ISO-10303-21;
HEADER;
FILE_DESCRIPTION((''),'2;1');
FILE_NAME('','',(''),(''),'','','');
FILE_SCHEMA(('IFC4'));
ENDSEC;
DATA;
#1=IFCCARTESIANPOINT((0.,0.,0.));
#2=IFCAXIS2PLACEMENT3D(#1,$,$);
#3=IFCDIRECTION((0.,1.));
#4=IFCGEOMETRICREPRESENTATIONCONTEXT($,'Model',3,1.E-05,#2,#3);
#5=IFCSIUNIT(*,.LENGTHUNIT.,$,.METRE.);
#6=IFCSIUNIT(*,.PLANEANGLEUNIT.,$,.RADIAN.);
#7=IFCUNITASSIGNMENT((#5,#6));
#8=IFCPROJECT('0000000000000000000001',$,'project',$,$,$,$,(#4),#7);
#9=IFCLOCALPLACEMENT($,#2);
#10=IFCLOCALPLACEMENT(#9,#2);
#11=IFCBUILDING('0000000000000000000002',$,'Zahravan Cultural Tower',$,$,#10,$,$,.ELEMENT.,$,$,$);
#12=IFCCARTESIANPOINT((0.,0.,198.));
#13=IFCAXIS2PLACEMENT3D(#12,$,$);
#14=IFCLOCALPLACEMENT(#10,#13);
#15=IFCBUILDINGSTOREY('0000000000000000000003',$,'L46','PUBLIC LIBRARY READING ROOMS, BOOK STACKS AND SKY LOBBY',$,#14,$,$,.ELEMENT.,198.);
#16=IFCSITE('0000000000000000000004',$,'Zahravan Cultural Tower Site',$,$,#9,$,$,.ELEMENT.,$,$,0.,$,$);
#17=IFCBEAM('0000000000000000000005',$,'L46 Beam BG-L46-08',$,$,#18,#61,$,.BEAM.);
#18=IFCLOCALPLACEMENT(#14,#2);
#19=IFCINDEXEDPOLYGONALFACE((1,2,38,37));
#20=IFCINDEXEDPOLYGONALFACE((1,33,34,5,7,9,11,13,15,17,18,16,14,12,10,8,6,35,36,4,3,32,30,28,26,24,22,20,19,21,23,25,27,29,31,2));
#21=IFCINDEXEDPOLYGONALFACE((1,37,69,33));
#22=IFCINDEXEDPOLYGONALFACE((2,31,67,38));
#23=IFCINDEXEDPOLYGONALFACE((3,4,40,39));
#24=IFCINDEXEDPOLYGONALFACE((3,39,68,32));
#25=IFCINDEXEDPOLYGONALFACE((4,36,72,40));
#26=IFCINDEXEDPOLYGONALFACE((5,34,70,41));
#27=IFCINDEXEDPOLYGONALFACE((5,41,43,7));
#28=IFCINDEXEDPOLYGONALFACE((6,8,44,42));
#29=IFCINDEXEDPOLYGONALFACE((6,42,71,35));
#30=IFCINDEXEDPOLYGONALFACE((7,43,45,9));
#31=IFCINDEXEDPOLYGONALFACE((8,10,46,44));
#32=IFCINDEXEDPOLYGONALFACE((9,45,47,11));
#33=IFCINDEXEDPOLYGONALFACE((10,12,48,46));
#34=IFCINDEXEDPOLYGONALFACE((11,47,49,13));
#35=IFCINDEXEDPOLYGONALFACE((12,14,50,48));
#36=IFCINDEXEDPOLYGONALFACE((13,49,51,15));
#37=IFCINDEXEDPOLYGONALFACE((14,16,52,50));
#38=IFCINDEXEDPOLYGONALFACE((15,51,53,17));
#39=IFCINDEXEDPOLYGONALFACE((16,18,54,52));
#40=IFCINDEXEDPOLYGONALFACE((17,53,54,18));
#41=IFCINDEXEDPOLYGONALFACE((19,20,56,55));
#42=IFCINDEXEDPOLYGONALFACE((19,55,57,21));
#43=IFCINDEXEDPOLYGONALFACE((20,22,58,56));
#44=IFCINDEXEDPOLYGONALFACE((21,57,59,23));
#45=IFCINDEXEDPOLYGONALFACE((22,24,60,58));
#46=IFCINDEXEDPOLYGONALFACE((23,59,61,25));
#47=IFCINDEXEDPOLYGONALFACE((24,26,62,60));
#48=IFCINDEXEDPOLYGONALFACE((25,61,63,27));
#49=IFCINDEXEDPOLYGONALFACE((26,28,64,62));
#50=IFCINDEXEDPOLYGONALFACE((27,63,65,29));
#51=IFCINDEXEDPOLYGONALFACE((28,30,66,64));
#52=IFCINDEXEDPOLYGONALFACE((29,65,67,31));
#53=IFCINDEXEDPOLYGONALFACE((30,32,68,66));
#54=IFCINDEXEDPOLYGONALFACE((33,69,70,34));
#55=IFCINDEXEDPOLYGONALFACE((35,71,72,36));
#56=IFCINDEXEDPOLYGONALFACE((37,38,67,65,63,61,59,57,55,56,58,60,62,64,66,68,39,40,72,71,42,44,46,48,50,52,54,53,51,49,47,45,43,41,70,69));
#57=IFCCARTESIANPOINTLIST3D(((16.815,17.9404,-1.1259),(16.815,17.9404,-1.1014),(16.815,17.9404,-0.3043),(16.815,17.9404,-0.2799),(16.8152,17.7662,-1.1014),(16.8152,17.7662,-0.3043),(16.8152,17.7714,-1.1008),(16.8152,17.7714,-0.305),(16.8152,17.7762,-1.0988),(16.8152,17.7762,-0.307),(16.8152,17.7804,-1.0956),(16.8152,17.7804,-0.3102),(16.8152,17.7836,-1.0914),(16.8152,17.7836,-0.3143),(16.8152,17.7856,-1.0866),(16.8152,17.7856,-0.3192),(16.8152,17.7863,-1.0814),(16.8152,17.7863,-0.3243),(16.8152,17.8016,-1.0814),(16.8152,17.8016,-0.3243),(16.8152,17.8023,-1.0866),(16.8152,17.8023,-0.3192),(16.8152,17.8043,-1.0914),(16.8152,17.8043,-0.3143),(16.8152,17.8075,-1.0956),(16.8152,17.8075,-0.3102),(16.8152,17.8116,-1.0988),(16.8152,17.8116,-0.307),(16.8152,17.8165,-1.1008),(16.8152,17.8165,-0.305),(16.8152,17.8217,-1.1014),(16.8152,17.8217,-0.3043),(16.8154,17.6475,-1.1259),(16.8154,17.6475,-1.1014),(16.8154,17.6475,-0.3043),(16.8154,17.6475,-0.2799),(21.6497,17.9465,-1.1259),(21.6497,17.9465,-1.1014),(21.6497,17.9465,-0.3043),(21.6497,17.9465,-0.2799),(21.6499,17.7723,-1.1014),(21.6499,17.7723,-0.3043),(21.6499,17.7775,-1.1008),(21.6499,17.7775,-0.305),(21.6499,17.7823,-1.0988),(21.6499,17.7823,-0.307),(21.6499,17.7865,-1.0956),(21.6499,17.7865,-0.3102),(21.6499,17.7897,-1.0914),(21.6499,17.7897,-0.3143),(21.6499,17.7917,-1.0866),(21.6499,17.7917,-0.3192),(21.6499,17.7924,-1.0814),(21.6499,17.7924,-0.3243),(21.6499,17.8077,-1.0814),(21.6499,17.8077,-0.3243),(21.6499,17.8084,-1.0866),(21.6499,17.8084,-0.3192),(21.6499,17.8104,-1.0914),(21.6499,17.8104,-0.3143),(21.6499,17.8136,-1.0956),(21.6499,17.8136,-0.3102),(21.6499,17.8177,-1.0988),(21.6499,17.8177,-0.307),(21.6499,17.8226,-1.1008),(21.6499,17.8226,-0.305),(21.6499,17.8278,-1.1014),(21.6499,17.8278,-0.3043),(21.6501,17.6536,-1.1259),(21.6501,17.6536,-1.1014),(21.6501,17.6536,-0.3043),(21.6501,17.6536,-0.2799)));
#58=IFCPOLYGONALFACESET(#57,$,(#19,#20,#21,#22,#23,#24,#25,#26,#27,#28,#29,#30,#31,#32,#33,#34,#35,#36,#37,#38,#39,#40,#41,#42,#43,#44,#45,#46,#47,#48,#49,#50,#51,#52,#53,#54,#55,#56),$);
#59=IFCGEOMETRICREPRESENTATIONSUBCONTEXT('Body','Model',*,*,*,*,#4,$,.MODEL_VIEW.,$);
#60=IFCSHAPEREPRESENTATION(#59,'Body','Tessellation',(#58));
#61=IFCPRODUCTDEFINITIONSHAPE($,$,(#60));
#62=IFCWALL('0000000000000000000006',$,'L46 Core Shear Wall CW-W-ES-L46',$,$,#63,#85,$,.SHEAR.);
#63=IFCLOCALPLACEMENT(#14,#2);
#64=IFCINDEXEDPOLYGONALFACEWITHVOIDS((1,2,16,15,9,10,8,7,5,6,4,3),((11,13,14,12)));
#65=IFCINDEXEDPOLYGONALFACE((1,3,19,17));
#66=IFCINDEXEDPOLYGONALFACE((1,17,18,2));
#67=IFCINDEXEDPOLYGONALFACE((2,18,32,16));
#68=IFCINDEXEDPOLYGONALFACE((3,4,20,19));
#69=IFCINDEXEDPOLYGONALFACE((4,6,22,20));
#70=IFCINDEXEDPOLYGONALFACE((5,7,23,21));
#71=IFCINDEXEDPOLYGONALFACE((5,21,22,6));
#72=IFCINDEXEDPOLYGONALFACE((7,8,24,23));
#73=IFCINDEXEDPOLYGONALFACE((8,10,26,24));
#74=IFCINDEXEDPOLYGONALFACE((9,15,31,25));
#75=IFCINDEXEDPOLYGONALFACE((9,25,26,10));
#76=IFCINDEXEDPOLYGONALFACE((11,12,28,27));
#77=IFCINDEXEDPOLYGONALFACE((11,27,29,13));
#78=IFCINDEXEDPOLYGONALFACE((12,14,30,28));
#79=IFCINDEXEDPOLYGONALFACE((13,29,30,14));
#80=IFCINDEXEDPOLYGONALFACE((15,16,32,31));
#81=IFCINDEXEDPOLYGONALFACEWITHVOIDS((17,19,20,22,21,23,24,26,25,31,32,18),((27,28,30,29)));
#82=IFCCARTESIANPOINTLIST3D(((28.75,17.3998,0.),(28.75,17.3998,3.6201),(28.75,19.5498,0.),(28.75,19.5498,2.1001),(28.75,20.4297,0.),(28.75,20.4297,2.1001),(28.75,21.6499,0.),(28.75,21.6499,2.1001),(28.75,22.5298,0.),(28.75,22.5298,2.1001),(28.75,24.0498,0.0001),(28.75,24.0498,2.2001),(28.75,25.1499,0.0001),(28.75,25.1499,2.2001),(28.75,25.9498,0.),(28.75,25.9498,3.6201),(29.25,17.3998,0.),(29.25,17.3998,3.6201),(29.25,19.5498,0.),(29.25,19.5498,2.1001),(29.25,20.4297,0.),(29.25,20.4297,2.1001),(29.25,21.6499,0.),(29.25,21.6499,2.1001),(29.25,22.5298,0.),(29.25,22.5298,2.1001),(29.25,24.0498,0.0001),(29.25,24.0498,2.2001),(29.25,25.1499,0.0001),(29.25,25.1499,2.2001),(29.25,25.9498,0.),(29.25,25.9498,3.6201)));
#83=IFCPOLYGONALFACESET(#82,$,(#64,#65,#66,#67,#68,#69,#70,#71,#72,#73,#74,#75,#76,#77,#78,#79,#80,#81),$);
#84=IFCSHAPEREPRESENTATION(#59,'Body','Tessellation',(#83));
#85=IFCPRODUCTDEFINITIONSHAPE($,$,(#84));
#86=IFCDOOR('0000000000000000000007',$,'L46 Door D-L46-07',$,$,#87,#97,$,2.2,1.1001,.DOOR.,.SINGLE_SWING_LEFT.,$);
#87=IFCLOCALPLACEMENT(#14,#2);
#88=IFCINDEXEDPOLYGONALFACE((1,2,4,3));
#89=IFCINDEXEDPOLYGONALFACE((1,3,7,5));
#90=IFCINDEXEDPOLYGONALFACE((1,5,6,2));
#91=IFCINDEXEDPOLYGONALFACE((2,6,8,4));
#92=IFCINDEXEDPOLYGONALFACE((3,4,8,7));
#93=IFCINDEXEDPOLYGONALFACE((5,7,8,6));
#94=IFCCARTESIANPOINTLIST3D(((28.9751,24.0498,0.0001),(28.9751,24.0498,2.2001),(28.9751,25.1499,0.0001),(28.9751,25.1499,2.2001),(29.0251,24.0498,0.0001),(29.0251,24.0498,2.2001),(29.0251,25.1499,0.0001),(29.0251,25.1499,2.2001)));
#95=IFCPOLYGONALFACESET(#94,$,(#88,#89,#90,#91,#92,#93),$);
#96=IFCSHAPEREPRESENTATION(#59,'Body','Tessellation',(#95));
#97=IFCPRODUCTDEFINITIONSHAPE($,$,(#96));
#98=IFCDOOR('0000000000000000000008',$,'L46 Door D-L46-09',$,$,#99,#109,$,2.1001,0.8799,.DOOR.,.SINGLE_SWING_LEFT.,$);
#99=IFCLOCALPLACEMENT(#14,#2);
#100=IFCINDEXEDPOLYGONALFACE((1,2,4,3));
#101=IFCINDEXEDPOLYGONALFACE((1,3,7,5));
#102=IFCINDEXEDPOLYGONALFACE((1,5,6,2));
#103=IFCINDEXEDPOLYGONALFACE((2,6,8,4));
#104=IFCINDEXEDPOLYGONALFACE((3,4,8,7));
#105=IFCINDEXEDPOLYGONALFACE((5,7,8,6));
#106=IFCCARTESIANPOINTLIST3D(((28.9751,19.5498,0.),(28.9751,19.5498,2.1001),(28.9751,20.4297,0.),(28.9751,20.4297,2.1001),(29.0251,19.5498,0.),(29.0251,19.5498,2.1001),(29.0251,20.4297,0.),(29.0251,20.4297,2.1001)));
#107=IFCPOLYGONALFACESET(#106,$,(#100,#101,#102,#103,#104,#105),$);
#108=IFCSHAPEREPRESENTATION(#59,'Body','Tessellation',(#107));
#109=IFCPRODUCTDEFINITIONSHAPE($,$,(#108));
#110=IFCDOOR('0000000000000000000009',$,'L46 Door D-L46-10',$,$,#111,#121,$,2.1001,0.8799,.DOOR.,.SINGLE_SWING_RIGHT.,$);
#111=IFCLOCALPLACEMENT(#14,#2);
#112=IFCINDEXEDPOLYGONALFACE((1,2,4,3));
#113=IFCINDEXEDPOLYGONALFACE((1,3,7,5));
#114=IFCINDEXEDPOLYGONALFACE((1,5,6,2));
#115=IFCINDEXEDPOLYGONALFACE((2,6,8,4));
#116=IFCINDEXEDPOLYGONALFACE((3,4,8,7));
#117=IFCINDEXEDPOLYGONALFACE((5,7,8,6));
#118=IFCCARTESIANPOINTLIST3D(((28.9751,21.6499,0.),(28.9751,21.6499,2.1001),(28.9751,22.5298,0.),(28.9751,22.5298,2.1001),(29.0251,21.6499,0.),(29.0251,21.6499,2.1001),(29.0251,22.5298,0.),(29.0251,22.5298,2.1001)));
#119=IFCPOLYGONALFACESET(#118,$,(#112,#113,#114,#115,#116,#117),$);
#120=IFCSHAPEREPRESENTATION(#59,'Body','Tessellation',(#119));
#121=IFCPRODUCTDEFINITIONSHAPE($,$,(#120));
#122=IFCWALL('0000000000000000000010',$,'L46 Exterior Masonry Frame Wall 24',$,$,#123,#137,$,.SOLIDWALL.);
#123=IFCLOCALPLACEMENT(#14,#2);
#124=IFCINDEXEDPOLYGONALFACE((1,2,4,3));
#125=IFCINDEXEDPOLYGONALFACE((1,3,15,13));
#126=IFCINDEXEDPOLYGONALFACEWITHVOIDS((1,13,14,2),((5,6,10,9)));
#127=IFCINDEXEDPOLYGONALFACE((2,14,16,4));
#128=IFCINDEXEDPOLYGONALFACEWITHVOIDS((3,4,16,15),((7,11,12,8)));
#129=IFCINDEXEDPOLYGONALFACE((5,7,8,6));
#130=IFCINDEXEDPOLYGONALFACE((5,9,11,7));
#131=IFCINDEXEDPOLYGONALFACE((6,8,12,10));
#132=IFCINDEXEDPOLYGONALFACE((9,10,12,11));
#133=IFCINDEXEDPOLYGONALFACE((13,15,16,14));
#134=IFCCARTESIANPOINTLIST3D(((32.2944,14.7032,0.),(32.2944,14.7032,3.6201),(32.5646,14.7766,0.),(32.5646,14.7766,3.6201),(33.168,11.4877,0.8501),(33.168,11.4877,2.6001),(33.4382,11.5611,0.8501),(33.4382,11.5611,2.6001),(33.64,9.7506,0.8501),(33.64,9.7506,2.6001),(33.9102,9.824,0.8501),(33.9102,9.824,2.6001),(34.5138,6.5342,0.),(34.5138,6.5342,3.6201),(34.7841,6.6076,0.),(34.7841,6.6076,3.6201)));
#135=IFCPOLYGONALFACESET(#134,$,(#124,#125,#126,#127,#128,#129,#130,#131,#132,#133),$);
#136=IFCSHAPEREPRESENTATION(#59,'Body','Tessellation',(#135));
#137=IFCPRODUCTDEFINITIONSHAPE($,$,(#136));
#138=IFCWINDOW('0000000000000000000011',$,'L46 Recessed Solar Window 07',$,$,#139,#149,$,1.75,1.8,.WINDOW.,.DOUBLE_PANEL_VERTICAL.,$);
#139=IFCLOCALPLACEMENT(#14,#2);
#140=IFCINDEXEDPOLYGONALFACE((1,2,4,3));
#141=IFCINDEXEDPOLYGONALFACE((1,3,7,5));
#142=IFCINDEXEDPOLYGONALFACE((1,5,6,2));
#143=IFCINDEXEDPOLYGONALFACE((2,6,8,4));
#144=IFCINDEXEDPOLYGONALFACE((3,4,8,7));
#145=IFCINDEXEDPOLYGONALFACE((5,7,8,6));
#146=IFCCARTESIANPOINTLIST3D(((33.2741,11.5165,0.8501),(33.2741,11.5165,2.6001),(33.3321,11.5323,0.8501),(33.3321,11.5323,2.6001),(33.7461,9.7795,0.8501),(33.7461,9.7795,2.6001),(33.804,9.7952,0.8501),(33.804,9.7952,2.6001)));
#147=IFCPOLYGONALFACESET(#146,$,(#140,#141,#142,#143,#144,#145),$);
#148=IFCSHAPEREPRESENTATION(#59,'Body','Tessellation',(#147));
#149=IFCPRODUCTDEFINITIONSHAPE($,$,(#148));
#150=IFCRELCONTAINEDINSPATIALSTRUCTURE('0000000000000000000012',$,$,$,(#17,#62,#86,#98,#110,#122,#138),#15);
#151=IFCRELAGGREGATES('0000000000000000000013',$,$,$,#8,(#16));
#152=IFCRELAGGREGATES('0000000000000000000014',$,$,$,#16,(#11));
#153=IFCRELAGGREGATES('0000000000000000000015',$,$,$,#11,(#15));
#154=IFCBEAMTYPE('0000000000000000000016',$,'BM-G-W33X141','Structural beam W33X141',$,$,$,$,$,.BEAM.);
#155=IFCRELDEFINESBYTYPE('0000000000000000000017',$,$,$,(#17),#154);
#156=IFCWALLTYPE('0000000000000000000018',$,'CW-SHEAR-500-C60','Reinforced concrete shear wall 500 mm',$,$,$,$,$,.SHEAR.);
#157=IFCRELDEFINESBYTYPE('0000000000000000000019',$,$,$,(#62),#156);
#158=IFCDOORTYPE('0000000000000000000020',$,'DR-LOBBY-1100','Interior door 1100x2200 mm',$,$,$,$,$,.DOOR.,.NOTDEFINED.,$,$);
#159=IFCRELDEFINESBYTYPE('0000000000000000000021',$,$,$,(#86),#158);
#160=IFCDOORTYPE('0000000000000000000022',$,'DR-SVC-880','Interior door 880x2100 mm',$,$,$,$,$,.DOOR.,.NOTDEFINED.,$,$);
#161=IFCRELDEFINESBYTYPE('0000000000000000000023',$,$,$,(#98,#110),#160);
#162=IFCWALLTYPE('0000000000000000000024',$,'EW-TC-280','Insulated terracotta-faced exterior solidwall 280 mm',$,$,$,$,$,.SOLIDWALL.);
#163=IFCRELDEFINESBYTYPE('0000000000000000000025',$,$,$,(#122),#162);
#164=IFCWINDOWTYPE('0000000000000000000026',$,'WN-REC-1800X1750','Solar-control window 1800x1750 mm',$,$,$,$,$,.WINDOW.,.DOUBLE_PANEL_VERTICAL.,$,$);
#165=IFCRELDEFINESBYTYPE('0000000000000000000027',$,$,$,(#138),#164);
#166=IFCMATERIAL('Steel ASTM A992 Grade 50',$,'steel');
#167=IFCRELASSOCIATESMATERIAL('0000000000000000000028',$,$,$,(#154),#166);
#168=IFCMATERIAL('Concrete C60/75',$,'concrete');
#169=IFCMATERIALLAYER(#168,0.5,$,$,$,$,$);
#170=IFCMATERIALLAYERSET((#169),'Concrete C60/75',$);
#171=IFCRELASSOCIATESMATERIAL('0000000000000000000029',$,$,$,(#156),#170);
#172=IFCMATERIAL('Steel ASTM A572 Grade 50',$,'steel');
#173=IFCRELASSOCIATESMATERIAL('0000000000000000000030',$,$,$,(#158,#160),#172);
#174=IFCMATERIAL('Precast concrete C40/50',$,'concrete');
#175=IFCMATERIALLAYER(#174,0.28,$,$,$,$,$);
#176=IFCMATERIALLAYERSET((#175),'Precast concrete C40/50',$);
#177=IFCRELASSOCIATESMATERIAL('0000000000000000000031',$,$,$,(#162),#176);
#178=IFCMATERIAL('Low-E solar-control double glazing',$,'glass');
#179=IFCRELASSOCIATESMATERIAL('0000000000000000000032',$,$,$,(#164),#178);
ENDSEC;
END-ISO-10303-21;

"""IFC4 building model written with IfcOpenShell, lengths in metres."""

from ifc_helpers import new_model, si_unit, direction, frame, frame_2d, origin, origin_2d, place, context, subcontext, project, spatial, rectangle, i_section, extrude, source, transform, mapped, material, layer, layer_set, material_profile, profile_set, type_object, element, fill, save


model = new_model("IFC4")

# Units and contexts
model_context = context("Model", 3, precision=1e-05, world=origin(), true_north=direction((0.0, 1.0)))
body_context = subcontext(model_context, "Body", "Model", "MODEL_VIEW")
ifc_project = project(units=[si_unit("LENGTHUNIT", "METRE"), si_unit("PLANEANGLEUNIT", "RADIAN")], contexts=[model_context])

# Site, building, storey
site_placement = place(None, origin())
site = spatial("IfcSite", under=ifc_project, at=site_placement, Name="Zahravan Cultural Tower Site", CompositionType="ELEMENT", RefElevation=0.0)
building_placement = place(site_placement, origin())
building = spatial("IfcBuilding", under=site, at=building_placement, Name="Zahravan Cultural Tower", CompositionType="ELEMENT")
storey_placement = place(building_placement, frame((0.0, 0.0, 198.0)))
storey = spatial("IfcBuildingStorey", under=building, at=storey_placement, Name="L46", Description="PUBLIC LIBRARY READING ROOMS, BOOK STACKS AND SKY LOBBY", CompositionType="ELEMENT", Elevation=198.0)

# Beam
ifc_material_1 = material(Name="Steel ASTM A992 Grade 50", Category="steel")
ifc_material_profile_1 = material_profile(ifc_material_1, i_section(OverallWidth=0.293, OverallDepth=0.8459, WebThickness=0.0154, FlangeThickness=0.0244, FilletRadius=0.02, at=origin_2d()), Name="W33X141")
ifc_profile_set_1 = profile_set([ifc_material_profile_1], Name="Steel ASTM A992 Grade 50")
beam_type_1 = type_object("IfcBeamType", Name="BM-G-W33X141", Description="Structural beam W33X141", PredefinedType="BEAM", material=ifc_profile_set_1)
shared_shape_1 = source(origin(), body_context, "Body", "SweptSolid", [
    extrude(i_section(OverallWidth=0.293, OverallDepth=0.8459, WebThickness=0.0154, FlangeThickness=0.0244, FilletRadius=0.02, at=origin_2d()), origin(), (0.0, 0.0, 1.0), 4.8347),
])
beam_1_placement = place(storey_placement, frame((21.6499, 17.8, -0.7029), z_axis=(-0.999999, -0.001262, 0.0), x_axis=(0.001262, -0.999999, 0.0)))
element("IfcBeam", 1, at=beam_1_placement, inside=storey, type_object=beam_type_1, Name="L46 Beam BG-L46-08", PredefinedType="BEAM", context=body_context, shape_type="MappedRepresentation", body=[
    mapped(shared_shape_1, transform((0.0, 0.0, 0.0), x_axis=(1.0, 0.0, 0.0), y_axis=(0.0, 1.0, 0.0), z_axis=(0.0, 0.0, 1.0), scale=1.0)),
])

# Wall, openings, doors
ifc_material_2 = material(Name="Concrete C60/75", Category="concrete")
ifc_layer_1 = layer(ifc_material_2, 0.5)
ifc_layer_set_1 = layer_set([ifc_layer_1], Name="Concrete C60/75")
wall_type_1 = type_object("IfcWallType", Name="CW-SHEAR-500-C60", Description="Reinforced concrete shear wall 500 mm", PredefinedType="SHEAR", material=ifc_layer_set_1)
wall_1_placement = place(storey_placement, frame((29.0, 17.3999, 0.0), z_axis=(0.0, 0.0, 1.0), x_axis=(0.0, 1.0, 0.0)))
wall_1 = element("IfcWall", 2, at=wall_1_placement, inside=storey, type_object=wall_type_1, Name="L46 Core Shear Wall CW-W-ES-L46", PredefinedType="SHEAR", context=body_context, shape_type="SweptSolid", body=[
    extrude(rectangle(XDim=8.55, YDim=0.5, at=frame_2d((4.2749, 0.0))), origin(), (0.0, 0.0, 1.0), 3.6201),
])
opening_1_placement = place(wall_1_placement, frame((6.6499, 0.0, 0.0)))
opening_1 = element("IfcOpeningElement", 3, at=opening_1_placement, cuts=wall_1, PredefinedType="OPENING", context=body_context, shape_type="SweptSolid", body=[
    extrude(rectangle(XDim=1.1001, YDim=2.2, at=frame_2d((0.55, 1.1001))), frame((0.0, 0.26, 0.0), z_axis=(0.0, -1.0, 0.0), x_axis=(1.0, 0.0, 0.0)), (0.0, 0.0, 1.0), 0.52),
])
opening_2_placement = place(wall_1_placement, frame((2.1499, 0.0, 0.0)))
opening_2 = element("IfcOpeningElement", 4, at=opening_2_placement, cuts=wall_1, PredefinedType="OPENING", context=body_context, shape_type="SweptSolid", body=[
    extrude(rectangle(XDim=0.8799, YDim=2.1001, at=frame_2d((0.4399, 1.05))), frame((0.0, 0.26, 0.0), z_axis=(0.0, -1.0, 0.0), x_axis=(1.0, 0.0, 0.0)), (0.0, 0.0, 1.0), 0.52),
])
opening_3_placement = place(wall_1_placement, frame((4.25, 0.0, 0.0)))
opening_3 = element("IfcOpeningElement", 5, at=opening_3_placement, cuts=wall_1, PredefinedType="OPENING", context=body_context, shape_type="SweptSolid", body=[
    extrude(rectangle(XDim=0.8799, YDim=2.1001, at=frame_2d((0.4399, 1.05))), frame((0.0, 0.26, 0.0), z_axis=(0.0, -1.0, 0.0), x_axis=(1.0, 0.0, 0.0)), (0.0, 0.0, 1.0), 0.52),
])
ifc_material_3 = material(Name="Steel ASTM A572 Grade 50", Category="steel")
door_type_1 = type_object("IfcDoorType", Name="DR-LOBBY-1100", Description="Interior door 1100x2200 mm", OperationType="NOTDEFINED", PredefinedType="DOOR", material=ifc_material_3)
shared_shape_2 = source(origin(), body_context, "Body", "SweptSolid", [
    extrude(rectangle(XDim=1.1001, YDim=2.2, at=frame_2d((0.55, 1.1001))), frame((0.0, 0.0249, 0.0), z_axis=(0.0, -1.0, 0.0), x_axis=(1.0, 0.0, 0.0)), (0.0, 0.0, 1.0), 0.05),
])
door_1_placement = place(opening_1_placement, origin())
door_1 = element("IfcDoor", 6, at=door_1_placement, inside=storey, type_object=door_type_1, Name="L46 Door D-L46-07", OperationType="SINGLE_SWING_LEFT", OverallHeight=2.2, OverallWidth=1.1001, PredefinedType="DOOR", context=body_context, shape_type="MappedRepresentation", body=[
    mapped(shared_shape_2, transform((0.0, 0.0, 0.0), x_axis=(1.0, 0.0, 0.0), y_axis=(0.0, 1.0, 0.0), z_axis=(0.0, 0.0, 1.0), scale=1.0)),
])
fill(opening_1, door_1)
door_type_2 = type_object("IfcDoorType", Name="DR-SVC-880", Description="Interior door 880x2100 mm", OperationType="NOTDEFINED", PredefinedType="DOOR", material=ifc_material_3)
shared_shape_3 = source(origin(), body_context, "Body", "SweptSolid", [
    extrude(rectangle(XDim=0.8799, YDim=2.1001, at=frame_2d((0.4399, 1.05))), frame((0.0, 0.0249, 0.0), z_axis=(0.0, -1.0, 0.0), x_axis=(1.0, 0.0, 0.0)), (0.0, 0.0, 1.0), 0.05),
])
door_2_placement = place(opening_2_placement, origin())
door_2 = element("IfcDoor", 7, at=door_2_placement, inside=storey, type_object=door_type_2, Name="L46 Door D-L46-09", OperationType="SINGLE_SWING_LEFT", OverallHeight=2.1001, OverallWidth=0.8799, PredefinedType="DOOR", context=body_context, shape_type="MappedRepresentation", body=[
    mapped(shared_shape_3, transform((0.0, 0.0, 0.0), x_axis=(1.0, 0.0, 0.0), y_axis=(0.0, 1.0, 0.0), z_axis=(0.0, 0.0, 1.0), scale=1.0)),
])
fill(opening_2, door_2)
door_3_placement = place(opening_3_placement, origin())
door_3 = element("IfcDoor", 8, at=door_3_placement, inside=storey, type_object=door_type_2, Name="L46 Door D-L46-10", OperationType="SINGLE_SWING_RIGHT", OverallHeight=2.1001, OverallWidth=0.8799, PredefinedType="DOOR", context=body_context, shape_type="MappedRepresentation", body=[
    mapped(shared_shape_3, transform((0.0, 0.0, 0.0), x_axis=(1.0, 0.0, 0.0), y_axis=(0.0, 1.0, 0.0), z_axis=(0.0, 0.0, 1.0), scale=1.0)),
])
fill(opening_3, door_3)

# Wall, opening, window
ifc_material_4 = material(Name="Precast concrete C40/50", Category="concrete")
ifc_layer_2 = layer(ifc_material_4, 0.28)
ifc_layer_set_2 = layer_set([ifc_layer_2], Name="Precast concrete C40/50")
wall_type_2 = type_object("IfcWallType", Name="EW-TC-280", Description="Insulated terracotta-faced exterior solidwall 280 mm", PredefinedType="SOLIDWALL", material=ifc_layer_set_2)
wall_2_placement = place(storey_placement, frame((34.6489, 6.571, 0.0), z_axis=(0.0, 0.0, 1.0), x_axis=(-0.262192, 0.965016, 0.0)))
wall_2 = element("IfcWall", 9, at=wall_2_placement, inside=storey, type_object=wall_type_2, Name="L46 Exterior Masonry Frame Wall 24", PredefinedType="SOLIDWALL", context=body_context, shape_type="SweptSolid", body=[
    extrude(rectangle(XDim=8.4651, YDim=0.28, at=frame_2d((4.2324, 0.0))), origin(), (0.0, 0.0, 1.0), 3.6201),
])
opening_4_placement = place(wall_2_placement, frame((3.333, 0.0, 0.8501)))
opening_4 = element("IfcOpeningElement", 10, at=opening_4_placement, cuts=wall_2, PredefinedType="OPENING", context=body_context, shape_type="SweptSolid", body=[
    extrude(rectangle(XDim=1.8, YDim=1.75, at=frame_2d((0.8999, 0.875))), frame((0.0, 0.1499, 0.0), z_axis=(0.0, -1.0, 0.0), x_axis=(1.0, 0.0, 0.0)), (0.0, 0.0, 1.0), 0.3),
])
ifc_material_5 = material(Name="Low-E solar-control double glazing", Category="glass")
window_type = type_object("IfcWindowType", Name="WN-REC-1800X1750", Description="Solar-control window 1800x1750 mm", PartitioningType="DOUBLE_PANEL_VERTICAL", PredefinedType="WINDOW", material=ifc_material_5)
shared_shape_4 = source(origin(), body_context, "Body", "SweptSolid", [
    extrude(rectangle(XDim=1.8, YDim=1.75, at=frame_2d((0.8999, 0.875))), frame((0.0, 0.03, 0.0), z_axis=(0.0, -1.0, 0.0), x_axis=(1.0, 0.0, 0.0)), (0.0, 0.0, 1.0), 0.0601),
])
window_1_placement = place(opening_4_placement, origin())
window_1 = element("IfcWindow", 11, at=window_1_placement, inside=storey, type_object=window_type, Name="L46 Recessed Solar Window 07", OverallHeight=1.75, OverallWidth=1.8, PartitioningType="DOUBLE_PANEL_VERTICAL", PredefinedType="WINDOW", context=body_context, shape_type="MappedRepresentation", body=[
    mapped(shared_shape_4, transform((0.0, 0.0, 0.0), x_axis=(1.0, 0.0, 0.0), y_axis=(0.0, 1.0, 0.0), z_axis=(0.0, 0.0, 1.0), scale=1.0)),
])
fill(opening_4, window_1)

save(model, "model.ifc")
